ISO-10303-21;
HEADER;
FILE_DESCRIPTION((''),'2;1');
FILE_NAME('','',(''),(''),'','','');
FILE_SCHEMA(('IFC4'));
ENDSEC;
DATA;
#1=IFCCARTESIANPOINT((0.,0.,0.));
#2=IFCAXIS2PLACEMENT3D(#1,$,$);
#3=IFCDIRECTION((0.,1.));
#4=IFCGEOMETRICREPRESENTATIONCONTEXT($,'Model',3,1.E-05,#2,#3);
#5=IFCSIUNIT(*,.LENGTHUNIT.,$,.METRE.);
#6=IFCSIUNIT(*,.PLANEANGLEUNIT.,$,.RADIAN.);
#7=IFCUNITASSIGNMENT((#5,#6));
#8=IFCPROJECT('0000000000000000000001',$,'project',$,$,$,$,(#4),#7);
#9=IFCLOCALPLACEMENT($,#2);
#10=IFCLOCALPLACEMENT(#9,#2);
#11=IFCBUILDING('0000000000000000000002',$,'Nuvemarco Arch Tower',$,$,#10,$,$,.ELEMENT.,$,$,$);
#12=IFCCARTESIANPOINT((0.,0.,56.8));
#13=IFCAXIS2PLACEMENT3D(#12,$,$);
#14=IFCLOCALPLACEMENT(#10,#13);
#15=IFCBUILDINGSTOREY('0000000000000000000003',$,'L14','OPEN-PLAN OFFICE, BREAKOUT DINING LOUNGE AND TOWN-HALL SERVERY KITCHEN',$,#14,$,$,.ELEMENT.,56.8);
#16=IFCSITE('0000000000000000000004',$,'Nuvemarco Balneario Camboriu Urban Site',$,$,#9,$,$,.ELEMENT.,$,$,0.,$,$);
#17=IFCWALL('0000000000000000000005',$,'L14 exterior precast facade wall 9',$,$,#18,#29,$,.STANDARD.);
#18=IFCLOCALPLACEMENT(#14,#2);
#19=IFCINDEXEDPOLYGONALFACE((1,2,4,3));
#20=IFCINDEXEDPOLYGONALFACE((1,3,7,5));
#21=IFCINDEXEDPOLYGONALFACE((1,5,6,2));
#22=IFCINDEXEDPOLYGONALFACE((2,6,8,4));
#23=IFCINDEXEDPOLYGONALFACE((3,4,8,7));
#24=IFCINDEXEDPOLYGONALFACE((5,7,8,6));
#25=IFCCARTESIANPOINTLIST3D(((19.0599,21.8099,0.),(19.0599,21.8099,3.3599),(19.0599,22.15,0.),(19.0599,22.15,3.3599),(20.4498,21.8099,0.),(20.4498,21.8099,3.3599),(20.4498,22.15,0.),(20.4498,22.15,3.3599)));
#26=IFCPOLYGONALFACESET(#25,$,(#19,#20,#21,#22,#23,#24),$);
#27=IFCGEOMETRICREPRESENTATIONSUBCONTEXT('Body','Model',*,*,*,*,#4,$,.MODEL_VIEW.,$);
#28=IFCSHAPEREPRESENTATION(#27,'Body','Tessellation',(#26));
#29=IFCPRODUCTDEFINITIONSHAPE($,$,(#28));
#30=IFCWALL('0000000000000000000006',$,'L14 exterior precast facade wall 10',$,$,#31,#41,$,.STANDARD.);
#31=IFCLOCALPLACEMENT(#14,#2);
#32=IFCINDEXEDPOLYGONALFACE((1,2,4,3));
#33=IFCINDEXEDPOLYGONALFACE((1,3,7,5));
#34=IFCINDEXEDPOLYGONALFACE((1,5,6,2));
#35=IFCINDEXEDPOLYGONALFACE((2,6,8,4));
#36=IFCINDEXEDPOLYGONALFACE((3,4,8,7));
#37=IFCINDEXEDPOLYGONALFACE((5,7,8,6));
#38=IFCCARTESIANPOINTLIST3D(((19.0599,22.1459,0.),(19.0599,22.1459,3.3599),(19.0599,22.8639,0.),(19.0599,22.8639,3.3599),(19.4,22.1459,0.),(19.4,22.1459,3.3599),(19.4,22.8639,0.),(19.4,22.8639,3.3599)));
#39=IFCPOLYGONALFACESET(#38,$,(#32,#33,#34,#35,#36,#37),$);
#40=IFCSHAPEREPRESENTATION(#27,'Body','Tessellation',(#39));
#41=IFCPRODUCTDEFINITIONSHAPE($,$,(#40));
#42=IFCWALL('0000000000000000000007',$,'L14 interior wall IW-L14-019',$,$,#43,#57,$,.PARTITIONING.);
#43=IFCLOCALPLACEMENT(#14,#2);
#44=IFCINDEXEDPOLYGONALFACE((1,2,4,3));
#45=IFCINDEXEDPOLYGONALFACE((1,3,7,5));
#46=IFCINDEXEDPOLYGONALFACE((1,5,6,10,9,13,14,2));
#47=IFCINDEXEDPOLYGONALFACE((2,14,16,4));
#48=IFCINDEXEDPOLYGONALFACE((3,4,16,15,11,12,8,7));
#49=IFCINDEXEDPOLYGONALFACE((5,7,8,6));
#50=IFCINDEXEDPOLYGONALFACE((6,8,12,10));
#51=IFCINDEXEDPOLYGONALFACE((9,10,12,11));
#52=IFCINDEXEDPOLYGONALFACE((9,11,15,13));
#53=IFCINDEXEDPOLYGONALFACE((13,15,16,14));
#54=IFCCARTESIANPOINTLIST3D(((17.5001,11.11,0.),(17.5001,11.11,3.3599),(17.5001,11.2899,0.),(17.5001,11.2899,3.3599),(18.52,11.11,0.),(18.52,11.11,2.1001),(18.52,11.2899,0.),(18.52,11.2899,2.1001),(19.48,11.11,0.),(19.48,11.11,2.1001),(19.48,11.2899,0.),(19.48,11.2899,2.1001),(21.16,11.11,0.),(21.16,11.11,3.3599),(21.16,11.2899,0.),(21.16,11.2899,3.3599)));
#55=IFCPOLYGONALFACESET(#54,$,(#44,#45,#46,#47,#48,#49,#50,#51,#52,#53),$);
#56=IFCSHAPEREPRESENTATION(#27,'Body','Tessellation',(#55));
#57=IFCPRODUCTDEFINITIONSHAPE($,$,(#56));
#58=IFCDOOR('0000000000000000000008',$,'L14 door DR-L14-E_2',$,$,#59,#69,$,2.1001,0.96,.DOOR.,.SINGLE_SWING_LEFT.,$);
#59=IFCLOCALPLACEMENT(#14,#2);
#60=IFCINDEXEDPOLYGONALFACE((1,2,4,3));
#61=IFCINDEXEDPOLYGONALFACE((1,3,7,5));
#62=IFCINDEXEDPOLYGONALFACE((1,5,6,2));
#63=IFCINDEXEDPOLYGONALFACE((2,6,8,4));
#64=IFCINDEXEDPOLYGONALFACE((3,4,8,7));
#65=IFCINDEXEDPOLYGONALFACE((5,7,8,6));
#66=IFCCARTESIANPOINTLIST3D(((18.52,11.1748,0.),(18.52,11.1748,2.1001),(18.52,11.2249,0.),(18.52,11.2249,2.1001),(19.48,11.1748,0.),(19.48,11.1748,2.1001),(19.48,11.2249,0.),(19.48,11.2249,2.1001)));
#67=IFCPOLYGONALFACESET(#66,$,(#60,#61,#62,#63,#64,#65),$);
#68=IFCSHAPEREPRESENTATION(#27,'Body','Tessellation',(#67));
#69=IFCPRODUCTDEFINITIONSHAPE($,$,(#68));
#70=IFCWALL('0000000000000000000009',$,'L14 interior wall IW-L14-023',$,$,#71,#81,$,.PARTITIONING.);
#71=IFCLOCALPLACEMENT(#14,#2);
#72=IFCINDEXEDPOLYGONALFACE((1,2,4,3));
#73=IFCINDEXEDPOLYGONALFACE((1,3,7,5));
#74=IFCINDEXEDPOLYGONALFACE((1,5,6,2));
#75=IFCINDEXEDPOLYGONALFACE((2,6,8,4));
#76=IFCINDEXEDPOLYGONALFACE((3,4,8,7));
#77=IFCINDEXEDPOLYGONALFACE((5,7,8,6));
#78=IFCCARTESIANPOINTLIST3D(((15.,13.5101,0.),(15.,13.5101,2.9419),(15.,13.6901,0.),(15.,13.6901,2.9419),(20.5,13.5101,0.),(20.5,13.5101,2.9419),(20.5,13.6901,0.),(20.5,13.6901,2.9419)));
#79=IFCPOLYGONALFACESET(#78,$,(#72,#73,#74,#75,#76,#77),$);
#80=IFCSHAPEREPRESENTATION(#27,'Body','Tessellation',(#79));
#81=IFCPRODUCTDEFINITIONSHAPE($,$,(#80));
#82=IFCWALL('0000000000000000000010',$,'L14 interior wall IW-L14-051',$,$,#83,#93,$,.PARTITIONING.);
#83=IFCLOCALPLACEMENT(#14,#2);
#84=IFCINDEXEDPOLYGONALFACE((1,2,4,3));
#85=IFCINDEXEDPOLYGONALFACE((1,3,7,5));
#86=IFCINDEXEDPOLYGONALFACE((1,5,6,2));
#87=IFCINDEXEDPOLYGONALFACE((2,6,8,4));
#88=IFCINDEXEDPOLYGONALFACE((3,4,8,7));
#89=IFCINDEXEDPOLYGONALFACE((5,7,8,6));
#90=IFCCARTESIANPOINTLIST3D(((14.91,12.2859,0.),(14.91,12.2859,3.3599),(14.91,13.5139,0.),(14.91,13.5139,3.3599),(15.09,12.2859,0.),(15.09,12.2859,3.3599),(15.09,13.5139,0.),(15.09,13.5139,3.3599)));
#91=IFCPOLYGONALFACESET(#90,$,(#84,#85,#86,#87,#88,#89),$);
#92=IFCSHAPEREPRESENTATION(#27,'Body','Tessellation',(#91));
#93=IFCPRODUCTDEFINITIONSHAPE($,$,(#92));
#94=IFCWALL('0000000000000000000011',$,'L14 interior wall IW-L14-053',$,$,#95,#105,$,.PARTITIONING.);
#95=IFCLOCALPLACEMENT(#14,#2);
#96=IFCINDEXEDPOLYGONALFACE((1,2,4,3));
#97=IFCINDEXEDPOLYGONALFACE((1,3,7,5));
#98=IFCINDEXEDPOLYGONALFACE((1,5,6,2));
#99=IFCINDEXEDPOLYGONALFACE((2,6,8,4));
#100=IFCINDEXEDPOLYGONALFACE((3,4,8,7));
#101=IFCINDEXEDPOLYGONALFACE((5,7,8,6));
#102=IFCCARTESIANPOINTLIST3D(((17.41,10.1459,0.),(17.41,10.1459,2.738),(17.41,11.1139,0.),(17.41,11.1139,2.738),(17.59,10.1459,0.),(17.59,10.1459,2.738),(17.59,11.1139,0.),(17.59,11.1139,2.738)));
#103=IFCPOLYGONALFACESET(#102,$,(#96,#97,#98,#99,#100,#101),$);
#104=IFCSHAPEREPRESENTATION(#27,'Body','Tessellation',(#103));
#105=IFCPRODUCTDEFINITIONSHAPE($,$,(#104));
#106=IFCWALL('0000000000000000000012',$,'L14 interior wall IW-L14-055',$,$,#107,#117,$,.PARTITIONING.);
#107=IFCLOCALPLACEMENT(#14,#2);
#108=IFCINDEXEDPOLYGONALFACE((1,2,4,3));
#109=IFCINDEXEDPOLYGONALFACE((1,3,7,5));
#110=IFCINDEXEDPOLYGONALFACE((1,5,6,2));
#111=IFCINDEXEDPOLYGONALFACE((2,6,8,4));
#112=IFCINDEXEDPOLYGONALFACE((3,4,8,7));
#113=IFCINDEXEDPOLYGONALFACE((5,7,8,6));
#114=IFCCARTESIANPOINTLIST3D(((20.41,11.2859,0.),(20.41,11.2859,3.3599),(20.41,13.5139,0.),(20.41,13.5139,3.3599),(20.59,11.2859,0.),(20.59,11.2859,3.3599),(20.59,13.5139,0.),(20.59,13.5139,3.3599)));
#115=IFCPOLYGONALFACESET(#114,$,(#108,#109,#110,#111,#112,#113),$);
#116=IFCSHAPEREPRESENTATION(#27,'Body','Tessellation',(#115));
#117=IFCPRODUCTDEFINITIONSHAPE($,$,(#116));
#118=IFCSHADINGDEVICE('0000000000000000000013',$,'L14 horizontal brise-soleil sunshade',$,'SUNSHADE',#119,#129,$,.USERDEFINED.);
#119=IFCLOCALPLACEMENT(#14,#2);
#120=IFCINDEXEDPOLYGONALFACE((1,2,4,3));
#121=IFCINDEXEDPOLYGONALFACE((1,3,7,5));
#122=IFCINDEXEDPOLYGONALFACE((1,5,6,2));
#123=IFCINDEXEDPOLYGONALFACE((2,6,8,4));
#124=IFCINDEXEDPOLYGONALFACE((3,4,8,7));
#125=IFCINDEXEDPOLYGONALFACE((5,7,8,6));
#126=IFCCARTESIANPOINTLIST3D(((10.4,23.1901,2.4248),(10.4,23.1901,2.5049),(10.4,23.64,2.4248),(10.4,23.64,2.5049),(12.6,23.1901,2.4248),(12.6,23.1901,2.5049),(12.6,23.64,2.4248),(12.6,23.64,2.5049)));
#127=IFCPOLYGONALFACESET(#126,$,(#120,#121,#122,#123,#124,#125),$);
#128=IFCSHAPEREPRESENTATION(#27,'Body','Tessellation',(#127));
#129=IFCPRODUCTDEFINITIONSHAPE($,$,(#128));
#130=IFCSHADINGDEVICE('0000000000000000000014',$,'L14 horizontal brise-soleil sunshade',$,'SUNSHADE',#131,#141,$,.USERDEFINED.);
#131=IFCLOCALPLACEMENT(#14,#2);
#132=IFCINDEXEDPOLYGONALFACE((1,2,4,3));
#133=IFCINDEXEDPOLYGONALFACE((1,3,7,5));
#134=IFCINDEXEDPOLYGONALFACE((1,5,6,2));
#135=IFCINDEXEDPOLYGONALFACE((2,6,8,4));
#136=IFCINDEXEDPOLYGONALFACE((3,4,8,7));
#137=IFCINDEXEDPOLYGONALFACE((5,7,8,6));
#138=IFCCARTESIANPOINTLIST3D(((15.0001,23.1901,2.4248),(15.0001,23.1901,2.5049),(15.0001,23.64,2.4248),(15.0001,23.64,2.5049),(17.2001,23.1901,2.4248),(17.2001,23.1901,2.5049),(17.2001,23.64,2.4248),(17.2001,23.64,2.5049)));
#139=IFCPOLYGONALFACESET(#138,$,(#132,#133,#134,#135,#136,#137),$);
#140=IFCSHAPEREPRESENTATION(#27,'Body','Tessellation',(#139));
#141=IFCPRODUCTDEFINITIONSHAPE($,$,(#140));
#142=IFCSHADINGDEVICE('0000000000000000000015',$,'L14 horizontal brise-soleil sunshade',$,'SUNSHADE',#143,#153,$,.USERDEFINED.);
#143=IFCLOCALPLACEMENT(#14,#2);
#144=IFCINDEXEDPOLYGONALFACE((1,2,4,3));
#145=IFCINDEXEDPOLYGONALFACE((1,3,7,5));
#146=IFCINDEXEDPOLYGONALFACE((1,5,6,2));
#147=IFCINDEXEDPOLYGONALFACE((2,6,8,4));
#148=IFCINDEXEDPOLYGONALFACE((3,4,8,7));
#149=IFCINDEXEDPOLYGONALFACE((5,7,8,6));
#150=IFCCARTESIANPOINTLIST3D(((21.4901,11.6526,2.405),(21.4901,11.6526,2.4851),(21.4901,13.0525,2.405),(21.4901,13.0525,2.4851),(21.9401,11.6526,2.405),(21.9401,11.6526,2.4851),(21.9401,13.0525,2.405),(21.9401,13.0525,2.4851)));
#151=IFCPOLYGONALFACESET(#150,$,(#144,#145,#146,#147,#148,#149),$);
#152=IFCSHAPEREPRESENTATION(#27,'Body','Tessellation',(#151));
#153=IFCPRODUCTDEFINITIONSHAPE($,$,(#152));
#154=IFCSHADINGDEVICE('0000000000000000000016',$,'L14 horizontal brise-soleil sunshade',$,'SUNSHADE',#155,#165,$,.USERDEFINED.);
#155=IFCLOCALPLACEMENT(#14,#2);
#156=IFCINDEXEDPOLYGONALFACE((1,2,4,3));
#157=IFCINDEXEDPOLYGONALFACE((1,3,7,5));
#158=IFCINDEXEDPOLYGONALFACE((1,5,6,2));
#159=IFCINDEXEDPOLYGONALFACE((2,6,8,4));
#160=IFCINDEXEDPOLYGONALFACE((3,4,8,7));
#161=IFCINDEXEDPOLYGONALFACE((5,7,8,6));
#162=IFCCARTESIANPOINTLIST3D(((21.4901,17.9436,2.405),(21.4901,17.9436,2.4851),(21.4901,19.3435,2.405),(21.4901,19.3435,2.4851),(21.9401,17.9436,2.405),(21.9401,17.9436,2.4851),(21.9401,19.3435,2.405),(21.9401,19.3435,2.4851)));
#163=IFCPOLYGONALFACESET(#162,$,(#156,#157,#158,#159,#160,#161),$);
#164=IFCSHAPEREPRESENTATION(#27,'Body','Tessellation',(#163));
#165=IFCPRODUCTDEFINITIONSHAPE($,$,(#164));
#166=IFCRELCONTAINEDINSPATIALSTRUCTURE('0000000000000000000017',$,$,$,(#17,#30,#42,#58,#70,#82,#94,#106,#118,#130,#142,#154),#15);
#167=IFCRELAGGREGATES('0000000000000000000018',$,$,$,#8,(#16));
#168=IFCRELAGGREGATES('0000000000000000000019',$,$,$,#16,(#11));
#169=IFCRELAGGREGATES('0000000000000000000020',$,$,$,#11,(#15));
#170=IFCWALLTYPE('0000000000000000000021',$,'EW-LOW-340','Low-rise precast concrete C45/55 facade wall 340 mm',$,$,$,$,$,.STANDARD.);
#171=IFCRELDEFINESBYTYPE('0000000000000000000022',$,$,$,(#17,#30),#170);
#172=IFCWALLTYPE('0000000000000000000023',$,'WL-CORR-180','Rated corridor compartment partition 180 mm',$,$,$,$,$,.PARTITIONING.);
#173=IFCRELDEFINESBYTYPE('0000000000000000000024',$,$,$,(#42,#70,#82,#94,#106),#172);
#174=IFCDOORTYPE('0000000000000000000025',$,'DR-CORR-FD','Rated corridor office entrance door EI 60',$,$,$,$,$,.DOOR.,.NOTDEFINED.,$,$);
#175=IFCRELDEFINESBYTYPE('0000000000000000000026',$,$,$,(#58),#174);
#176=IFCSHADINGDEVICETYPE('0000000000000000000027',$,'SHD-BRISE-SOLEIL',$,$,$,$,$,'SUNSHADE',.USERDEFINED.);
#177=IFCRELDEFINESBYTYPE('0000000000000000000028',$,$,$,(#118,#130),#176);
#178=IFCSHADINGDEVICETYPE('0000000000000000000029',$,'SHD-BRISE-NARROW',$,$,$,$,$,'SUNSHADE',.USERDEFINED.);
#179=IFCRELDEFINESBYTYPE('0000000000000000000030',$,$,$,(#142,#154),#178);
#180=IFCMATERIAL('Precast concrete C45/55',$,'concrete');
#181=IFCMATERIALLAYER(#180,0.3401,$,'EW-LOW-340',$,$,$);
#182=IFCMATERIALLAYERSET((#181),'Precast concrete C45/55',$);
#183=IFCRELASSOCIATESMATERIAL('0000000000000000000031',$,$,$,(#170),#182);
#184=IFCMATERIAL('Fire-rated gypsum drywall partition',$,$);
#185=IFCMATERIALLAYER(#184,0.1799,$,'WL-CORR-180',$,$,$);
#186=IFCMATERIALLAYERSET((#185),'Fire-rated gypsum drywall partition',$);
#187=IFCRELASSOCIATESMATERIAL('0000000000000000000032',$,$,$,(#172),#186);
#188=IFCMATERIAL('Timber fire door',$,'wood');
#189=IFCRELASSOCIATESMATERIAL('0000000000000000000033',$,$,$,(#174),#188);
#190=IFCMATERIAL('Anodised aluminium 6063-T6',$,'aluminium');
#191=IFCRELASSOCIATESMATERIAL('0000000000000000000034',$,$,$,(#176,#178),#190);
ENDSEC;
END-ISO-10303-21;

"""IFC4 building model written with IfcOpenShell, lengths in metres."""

from ifc_helpers import new_model, si_unit, direction, frame, frame_2d, origin, origin_2d, place, context, subcontext, project, spatial, rectangle, extrude, source, transform, mapped, material, layer, layer_set, type_object, type_shapes, element, fill, save


model = new_model("IFC4")

# Units and contexts
model_context = context("Model", 3, precision=1e-05, world=origin(), true_north=direction((0.0, 1.0)))
body_context = subcontext(model_context, "Body", "Model", "MODEL_VIEW")
ifc_project = project(units=[si_unit("LENGTHUNIT", "METRE"), si_unit("PLANEANGLEUNIT", "RADIAN")], contexts=[model_context])

# Site, building, storey
site_placement = place(None, origin())
site = spatial("IfcSite", under=ifc_project, at=site_placement, Name="Nuvemarco Balneario Camboriu Urban Site", CompositionType="ELEMENT", RefElevation=0.0)
building_placement = place(site_placement, origin())
building = spatial("IfcBuilding", under=site, at=building_placement, Name="Nuvemarco Arch Tower", CompositionType="ELEMENT")
storey_placement = place(building_placement, frame((0.0, 0.0, 56.8)))
storey = spatial("IfcBuildingStorey", under=building, at=storey_placement, Name="L14", Description="OPEN-PLAN OFFICE, BREAKOUT DINING LOUNGE AND TOWN-HALL SERVERY KITCHEN", CompositionType="ELEMENT", Elevation=56.8)

# Shared definitions
ifc_material_1 = material(Name="Precast concrete C45/55", Category="concrete")

# Walls
ifc_layer_1 = layer(ifc_material_1, 0.3401, Name="EW-LOW-340")
ifc_layer_set_1 = layer_set([ifc_layer_1], Name="Precast concrete C45/55")
wall_type_1 = type_object("IfcWallType", Name="EW-LOW-340", Description="Low-rise precast concrete C45/55 facade wall 340 mm", PredefinedType="STANDARD", material=ifc_layer_set_1)
wall_1_placement = place(storey_placement, frame((19.0601, 21.98, 0.0), z_axis=(0.0, 0.0, 1.0), x_axis=(1.0, 0.0, 0.0)))
element("IfcWall", 1, at=wall_1_placement, inside=storey, type_object=wall_type_1, Name="L14 exterior precast facade wall 9", PredefinedType="STANDARD", context=body_context, shape_type="SweptSolid", body=[
    extrude(rectangle(XDim=1.3899, YDim=0.3401, at=frame_2d((0.6948, 0.0))), origin(), (0.0, 0.0, 1.0), 3.3599),
])
wall_2_placement = place(storey_placement, frame((19.23, 22.146, 0.0), z_axis=(0.0, 0.0, 1.0), x_axis=(0.0, 1.0, 0.0)))
element("IfcWall", 2, at=wall_2_placement, inside=storey, type_object=wall_type_1, Name="L14 exterior precast facade wall 10", PredefinedType="STANDARD", context=body_context, shape_type="SweptSolid", body=[
    extrude(rectangle(XDim=0.718, YDim=0.3401, at=frame_2d((0.3589, 0.0))), origin(), (0.0, 0.0, 1.0), 3.3599),
])

# Wall, opening, door
ifc_material_2 = material(Name="Fire-rated gypsum drywall partition")
ifc_layer_2 = layer(ifc_material_2, 0.1799, Name="WL-CORR-180")
ifc_layer_set_2 = layer_set([ifc_layer_2], Name="Fire-rated gypsum drywall partition")
wall_type_2 = type_object("IfcWallType", Name="WL-CORR-180", Description="Rated corridor compartment partition 180 mm", PredefinedType="PARTITIONING", material=ifc_layer_set_2)
wall_3_placement = place(storey_placement, frame((17.5, 11.2, 0.0), z_axis=(0.0, 0.0, 1.0), x_axis=(1.0, 0.0, 0.0)))
wall_3 = element("IfcWall", 3, at=wall_3_placement, inside=storey, type_object=wall_type_2, Name="L14 interior wall IW-L14-019", PredefinedType="PARTITIONING", context=body_context, shape_type="SweptSolid", body=[
    extrude(rectangle(XDim=3.6599, YDim=0.1799, at=frame_2d((1.8301, 0.0))), origin(), (0.0, 0.0, 1.0), 3.3599),
])
opening_placement = place(wall_3_placement, frame((1.02, 0.0, 0.0)))
opening = element("IfcOpeningElement", 4, at=opening_placement, cuts=wall_3, PredefinedType="OPENING", context=body_context, shape_type="SweptSolid", body=[
    extrude(rectangle(XDim=0.96, YDim=2.1001, at=frame_2d((0.48, 1.05))), frame((0.0, 0.0999, 0.0), z_axis=(0.0, -1.0, 0.0), x_axis=(1.0, 0.0, 0.0)), (0.0, 0.0, 1.0), 0.2),
])
ifc_material_3 = material(Name="Timber fire door", Category="wood")
door_type = type_object("IfcDoorType", Name="DR-CORR-FD", Description="Rated corridor office entrance door EI 60", OperationType="NOTDEFINED", PredefinedType="DOOR", material=ifc_material_3)
shared_shape_1 = source(origin(), body_context, "Body", "SweptSolid", [
    extrude(rectangle(XDim=0.96, YDim=2.1001, at=frame_2d((0.48, 1.05))), frame((0.0, 0.0249, 0.0), z_axis=(0.0, -1.0, 0.0), x_axis=(1.0, 0.0, 0.0)), (0.0, 0.0, 1.0), 0.05),
])
type_shapes(door_type, [shared_shape_1])
door_placement = place(opening_placement, origin())
door = element("IfcDoor", 5, at=door_placement, inside=storey, type_object=door_type, Name="L14 door DR-L14-E_2", OperationType="SINGLE_SWING_LEFT", OverallHeight=2.1001, OverallWidth=0.96, PredefinedType="DOOR", context=body_context, shape_type="MappedRepresentation", body=[
    mapped(shared_shape_1, transform((0.0, 0.0, 0.0), scale=1.0)),
])
fill(opening, door)

# Walls
wall_4_placement = place(storey_placement, frame((15.0, 13.6001, 0.0), z_axis=(0.0, 0.0, 1.0), x_axis=(1.0, 0.0, 0.0)))
element("IfcWall", 6, at=wall_4_placement, inside=storey, type_object=wall_type_2, Name="L14 interior wall IW-L14-023", PredefinedType="PARTITIONING", context=body_context, shape_type="SweptSolid", body=[
    extrude(rectangle(XDim=5.5, YDim=0.1799, at=frame_2d((2.75, 0.0))), origin(), (0.0, 0.0, 1.0), 2.9419),
])
wall_5_placement = place(storey_placement, frame((15.0, 12.2859, 0.0), z_axis=(0.0, 0.0, 1.0), x_axis=(0.0, 1.0, 0.0)))
element("IfcWall", 7, at=wall_5_placement, inside=storey, type_object=wall_type_2, Name="L14 interior wall IW-L14-051", PredefinedType="PARTITIONING", context=body_context, shape_type="SweptSolid", body=[
    extrude(rectangle(XDim=1.228, YDim=0.1799, at=frame_2d((0.614, 0.0))), origin(), (0.0, 0.0, 1.0), 3.3599),
])
wall_6_placement = place(storey_placement, frame((17.5, 10.146, 0.0), z_axis=(0.0, 0.0, 1.0), x_axis=(0.0, 1.0, 0.0)))
element("IfcWall", 8, at=wall_6_placement, inside=storey, type_object=wall_type_2, Name="L14 interior wall IW-L14-053", PredefinedType="PARTITIONING", context=body_context, shape_type="SweptSolid", body=[
    extrude(rectangle(XDim=0.968, YDim=0.1799, at=frame_2d((0.4839, 0.0))), origin(), (0.0, 0.0, 1.0), 2.738),
])
wall_7_placement = place(storey_placement, frame((20.5, 11.2859, 0.0), z_axis=(0.0, 0.0, 1.0), x_axis=(0.0, 1.0, 0.0)))
element("IfcWall", 9, at=wall_7_placement, inside=storey, type_object=wall_type_2, Name="L14 interior wall IW-L14-055", PredefinedType="PARTITIONING", context=body_context, shape_type="SweptSolid", body=[
    extrude(rectangle(XDim=2.228, YDim=0.1799, at=frame_2d((1.114, 0.0))), origin(), (0.0, 0.0, 1.0), 3.3599),
])

# Shading devices
ifc_material_4 = material(Name="Anodised aluminium 6063-T6", Category="aluminium")
shading_device_type_1 = type_object("IfcShadingDeviceType", Name="SHD-BRISE-SOLEIL", ElementType="SUNSHADE", PredefinedType="USERDEFINED", material=ifc_material_4)
shared_shape_2 = source(origin(), body_context, "Body", "SweptSolid", [
    extrude(rectangle(XDim=2.2, YDim=0.45, at=origin_2d()), origin(), (0.0, 0.0, 1.0), 0.0801),
])
type_shapes(shading_device_type_1, [shared_shape_2])
for number, where, z_axis, x_axis, name in (
    (10, (11.5, 23.415, 2.4248), (0.0, 0.0, 1.0), (1.0, 0.0, 0.0), "L14 horizontal brise-soleil sunshade"),
    (11, (16.1001, 23.415, 2.4248), (0.0, 0.0, 1.0), (1.0, 0.0, 0.0), "L14 horizontal brise-soleil sunshade"),
):
    element("IfcShadingDevice", number, at=place(storey_placement, frame(where, z_axis=z_axis, x_axis=x_axis)), inside=storey, type_object=shading_device_type_1, Name=name, ObjectType="SUNSHADE", PredefinedType="USERDEFINED", context=body_context, shape_type="MappedRepresentation", body=[
        mapped(shared_shape_2, transform((0.0, 0.0, 0.0), scale=1.0)),
    ])
shading_device_type_2 = type_object("IfcShadingDeviceType", Name="SHD-BRISE-NARROW", ElementType="SUNSHADE", PredefinedType="USERDEFINED", material=ifc_material_4)
shared_shape_3 = source(origin(), body_context, "Body", "SweptSolid", [
    extrude(rectangle(XDim=1.3999, YDim=0.45, at=origin_2d()), origin(), (0.0, 0.0, 1.0), 0.0801),
])
type_shapes(shading_device_type_2, [shared_shape_3])
for number, where, z_axis, x_axis, name in (
    (12, (21.7151, 12.3525, 2.405), (0.0, 0.0, 1.0), (0.0, 1.0, 0.0), "L14 horizontal brise-soleil sunshade"),
    (13, (21.7151, 18.6436, 2.405), (0.0, 0.0, 1.0), (0.0, 1.0, 0.0), "L14 horizontal brise-soleil sunshade"),
):
    element("IfcShadingDevice", number, at=place(storey_placement, frame(where, z_axis=z_axis, x_axis=x_axis)), inside=storey, type_object=shading_device_type_2, Name=name, ObjectType="SUNSHADE", PredefinedType="USERDEFINED", context=body_context, shape_type="MappedRepresentation", body=[
        mapped(shared_shape_3, transform((0.0, 0.0, 0.0), scale=1.0)),
    ])

save(model, "model.ifc")
